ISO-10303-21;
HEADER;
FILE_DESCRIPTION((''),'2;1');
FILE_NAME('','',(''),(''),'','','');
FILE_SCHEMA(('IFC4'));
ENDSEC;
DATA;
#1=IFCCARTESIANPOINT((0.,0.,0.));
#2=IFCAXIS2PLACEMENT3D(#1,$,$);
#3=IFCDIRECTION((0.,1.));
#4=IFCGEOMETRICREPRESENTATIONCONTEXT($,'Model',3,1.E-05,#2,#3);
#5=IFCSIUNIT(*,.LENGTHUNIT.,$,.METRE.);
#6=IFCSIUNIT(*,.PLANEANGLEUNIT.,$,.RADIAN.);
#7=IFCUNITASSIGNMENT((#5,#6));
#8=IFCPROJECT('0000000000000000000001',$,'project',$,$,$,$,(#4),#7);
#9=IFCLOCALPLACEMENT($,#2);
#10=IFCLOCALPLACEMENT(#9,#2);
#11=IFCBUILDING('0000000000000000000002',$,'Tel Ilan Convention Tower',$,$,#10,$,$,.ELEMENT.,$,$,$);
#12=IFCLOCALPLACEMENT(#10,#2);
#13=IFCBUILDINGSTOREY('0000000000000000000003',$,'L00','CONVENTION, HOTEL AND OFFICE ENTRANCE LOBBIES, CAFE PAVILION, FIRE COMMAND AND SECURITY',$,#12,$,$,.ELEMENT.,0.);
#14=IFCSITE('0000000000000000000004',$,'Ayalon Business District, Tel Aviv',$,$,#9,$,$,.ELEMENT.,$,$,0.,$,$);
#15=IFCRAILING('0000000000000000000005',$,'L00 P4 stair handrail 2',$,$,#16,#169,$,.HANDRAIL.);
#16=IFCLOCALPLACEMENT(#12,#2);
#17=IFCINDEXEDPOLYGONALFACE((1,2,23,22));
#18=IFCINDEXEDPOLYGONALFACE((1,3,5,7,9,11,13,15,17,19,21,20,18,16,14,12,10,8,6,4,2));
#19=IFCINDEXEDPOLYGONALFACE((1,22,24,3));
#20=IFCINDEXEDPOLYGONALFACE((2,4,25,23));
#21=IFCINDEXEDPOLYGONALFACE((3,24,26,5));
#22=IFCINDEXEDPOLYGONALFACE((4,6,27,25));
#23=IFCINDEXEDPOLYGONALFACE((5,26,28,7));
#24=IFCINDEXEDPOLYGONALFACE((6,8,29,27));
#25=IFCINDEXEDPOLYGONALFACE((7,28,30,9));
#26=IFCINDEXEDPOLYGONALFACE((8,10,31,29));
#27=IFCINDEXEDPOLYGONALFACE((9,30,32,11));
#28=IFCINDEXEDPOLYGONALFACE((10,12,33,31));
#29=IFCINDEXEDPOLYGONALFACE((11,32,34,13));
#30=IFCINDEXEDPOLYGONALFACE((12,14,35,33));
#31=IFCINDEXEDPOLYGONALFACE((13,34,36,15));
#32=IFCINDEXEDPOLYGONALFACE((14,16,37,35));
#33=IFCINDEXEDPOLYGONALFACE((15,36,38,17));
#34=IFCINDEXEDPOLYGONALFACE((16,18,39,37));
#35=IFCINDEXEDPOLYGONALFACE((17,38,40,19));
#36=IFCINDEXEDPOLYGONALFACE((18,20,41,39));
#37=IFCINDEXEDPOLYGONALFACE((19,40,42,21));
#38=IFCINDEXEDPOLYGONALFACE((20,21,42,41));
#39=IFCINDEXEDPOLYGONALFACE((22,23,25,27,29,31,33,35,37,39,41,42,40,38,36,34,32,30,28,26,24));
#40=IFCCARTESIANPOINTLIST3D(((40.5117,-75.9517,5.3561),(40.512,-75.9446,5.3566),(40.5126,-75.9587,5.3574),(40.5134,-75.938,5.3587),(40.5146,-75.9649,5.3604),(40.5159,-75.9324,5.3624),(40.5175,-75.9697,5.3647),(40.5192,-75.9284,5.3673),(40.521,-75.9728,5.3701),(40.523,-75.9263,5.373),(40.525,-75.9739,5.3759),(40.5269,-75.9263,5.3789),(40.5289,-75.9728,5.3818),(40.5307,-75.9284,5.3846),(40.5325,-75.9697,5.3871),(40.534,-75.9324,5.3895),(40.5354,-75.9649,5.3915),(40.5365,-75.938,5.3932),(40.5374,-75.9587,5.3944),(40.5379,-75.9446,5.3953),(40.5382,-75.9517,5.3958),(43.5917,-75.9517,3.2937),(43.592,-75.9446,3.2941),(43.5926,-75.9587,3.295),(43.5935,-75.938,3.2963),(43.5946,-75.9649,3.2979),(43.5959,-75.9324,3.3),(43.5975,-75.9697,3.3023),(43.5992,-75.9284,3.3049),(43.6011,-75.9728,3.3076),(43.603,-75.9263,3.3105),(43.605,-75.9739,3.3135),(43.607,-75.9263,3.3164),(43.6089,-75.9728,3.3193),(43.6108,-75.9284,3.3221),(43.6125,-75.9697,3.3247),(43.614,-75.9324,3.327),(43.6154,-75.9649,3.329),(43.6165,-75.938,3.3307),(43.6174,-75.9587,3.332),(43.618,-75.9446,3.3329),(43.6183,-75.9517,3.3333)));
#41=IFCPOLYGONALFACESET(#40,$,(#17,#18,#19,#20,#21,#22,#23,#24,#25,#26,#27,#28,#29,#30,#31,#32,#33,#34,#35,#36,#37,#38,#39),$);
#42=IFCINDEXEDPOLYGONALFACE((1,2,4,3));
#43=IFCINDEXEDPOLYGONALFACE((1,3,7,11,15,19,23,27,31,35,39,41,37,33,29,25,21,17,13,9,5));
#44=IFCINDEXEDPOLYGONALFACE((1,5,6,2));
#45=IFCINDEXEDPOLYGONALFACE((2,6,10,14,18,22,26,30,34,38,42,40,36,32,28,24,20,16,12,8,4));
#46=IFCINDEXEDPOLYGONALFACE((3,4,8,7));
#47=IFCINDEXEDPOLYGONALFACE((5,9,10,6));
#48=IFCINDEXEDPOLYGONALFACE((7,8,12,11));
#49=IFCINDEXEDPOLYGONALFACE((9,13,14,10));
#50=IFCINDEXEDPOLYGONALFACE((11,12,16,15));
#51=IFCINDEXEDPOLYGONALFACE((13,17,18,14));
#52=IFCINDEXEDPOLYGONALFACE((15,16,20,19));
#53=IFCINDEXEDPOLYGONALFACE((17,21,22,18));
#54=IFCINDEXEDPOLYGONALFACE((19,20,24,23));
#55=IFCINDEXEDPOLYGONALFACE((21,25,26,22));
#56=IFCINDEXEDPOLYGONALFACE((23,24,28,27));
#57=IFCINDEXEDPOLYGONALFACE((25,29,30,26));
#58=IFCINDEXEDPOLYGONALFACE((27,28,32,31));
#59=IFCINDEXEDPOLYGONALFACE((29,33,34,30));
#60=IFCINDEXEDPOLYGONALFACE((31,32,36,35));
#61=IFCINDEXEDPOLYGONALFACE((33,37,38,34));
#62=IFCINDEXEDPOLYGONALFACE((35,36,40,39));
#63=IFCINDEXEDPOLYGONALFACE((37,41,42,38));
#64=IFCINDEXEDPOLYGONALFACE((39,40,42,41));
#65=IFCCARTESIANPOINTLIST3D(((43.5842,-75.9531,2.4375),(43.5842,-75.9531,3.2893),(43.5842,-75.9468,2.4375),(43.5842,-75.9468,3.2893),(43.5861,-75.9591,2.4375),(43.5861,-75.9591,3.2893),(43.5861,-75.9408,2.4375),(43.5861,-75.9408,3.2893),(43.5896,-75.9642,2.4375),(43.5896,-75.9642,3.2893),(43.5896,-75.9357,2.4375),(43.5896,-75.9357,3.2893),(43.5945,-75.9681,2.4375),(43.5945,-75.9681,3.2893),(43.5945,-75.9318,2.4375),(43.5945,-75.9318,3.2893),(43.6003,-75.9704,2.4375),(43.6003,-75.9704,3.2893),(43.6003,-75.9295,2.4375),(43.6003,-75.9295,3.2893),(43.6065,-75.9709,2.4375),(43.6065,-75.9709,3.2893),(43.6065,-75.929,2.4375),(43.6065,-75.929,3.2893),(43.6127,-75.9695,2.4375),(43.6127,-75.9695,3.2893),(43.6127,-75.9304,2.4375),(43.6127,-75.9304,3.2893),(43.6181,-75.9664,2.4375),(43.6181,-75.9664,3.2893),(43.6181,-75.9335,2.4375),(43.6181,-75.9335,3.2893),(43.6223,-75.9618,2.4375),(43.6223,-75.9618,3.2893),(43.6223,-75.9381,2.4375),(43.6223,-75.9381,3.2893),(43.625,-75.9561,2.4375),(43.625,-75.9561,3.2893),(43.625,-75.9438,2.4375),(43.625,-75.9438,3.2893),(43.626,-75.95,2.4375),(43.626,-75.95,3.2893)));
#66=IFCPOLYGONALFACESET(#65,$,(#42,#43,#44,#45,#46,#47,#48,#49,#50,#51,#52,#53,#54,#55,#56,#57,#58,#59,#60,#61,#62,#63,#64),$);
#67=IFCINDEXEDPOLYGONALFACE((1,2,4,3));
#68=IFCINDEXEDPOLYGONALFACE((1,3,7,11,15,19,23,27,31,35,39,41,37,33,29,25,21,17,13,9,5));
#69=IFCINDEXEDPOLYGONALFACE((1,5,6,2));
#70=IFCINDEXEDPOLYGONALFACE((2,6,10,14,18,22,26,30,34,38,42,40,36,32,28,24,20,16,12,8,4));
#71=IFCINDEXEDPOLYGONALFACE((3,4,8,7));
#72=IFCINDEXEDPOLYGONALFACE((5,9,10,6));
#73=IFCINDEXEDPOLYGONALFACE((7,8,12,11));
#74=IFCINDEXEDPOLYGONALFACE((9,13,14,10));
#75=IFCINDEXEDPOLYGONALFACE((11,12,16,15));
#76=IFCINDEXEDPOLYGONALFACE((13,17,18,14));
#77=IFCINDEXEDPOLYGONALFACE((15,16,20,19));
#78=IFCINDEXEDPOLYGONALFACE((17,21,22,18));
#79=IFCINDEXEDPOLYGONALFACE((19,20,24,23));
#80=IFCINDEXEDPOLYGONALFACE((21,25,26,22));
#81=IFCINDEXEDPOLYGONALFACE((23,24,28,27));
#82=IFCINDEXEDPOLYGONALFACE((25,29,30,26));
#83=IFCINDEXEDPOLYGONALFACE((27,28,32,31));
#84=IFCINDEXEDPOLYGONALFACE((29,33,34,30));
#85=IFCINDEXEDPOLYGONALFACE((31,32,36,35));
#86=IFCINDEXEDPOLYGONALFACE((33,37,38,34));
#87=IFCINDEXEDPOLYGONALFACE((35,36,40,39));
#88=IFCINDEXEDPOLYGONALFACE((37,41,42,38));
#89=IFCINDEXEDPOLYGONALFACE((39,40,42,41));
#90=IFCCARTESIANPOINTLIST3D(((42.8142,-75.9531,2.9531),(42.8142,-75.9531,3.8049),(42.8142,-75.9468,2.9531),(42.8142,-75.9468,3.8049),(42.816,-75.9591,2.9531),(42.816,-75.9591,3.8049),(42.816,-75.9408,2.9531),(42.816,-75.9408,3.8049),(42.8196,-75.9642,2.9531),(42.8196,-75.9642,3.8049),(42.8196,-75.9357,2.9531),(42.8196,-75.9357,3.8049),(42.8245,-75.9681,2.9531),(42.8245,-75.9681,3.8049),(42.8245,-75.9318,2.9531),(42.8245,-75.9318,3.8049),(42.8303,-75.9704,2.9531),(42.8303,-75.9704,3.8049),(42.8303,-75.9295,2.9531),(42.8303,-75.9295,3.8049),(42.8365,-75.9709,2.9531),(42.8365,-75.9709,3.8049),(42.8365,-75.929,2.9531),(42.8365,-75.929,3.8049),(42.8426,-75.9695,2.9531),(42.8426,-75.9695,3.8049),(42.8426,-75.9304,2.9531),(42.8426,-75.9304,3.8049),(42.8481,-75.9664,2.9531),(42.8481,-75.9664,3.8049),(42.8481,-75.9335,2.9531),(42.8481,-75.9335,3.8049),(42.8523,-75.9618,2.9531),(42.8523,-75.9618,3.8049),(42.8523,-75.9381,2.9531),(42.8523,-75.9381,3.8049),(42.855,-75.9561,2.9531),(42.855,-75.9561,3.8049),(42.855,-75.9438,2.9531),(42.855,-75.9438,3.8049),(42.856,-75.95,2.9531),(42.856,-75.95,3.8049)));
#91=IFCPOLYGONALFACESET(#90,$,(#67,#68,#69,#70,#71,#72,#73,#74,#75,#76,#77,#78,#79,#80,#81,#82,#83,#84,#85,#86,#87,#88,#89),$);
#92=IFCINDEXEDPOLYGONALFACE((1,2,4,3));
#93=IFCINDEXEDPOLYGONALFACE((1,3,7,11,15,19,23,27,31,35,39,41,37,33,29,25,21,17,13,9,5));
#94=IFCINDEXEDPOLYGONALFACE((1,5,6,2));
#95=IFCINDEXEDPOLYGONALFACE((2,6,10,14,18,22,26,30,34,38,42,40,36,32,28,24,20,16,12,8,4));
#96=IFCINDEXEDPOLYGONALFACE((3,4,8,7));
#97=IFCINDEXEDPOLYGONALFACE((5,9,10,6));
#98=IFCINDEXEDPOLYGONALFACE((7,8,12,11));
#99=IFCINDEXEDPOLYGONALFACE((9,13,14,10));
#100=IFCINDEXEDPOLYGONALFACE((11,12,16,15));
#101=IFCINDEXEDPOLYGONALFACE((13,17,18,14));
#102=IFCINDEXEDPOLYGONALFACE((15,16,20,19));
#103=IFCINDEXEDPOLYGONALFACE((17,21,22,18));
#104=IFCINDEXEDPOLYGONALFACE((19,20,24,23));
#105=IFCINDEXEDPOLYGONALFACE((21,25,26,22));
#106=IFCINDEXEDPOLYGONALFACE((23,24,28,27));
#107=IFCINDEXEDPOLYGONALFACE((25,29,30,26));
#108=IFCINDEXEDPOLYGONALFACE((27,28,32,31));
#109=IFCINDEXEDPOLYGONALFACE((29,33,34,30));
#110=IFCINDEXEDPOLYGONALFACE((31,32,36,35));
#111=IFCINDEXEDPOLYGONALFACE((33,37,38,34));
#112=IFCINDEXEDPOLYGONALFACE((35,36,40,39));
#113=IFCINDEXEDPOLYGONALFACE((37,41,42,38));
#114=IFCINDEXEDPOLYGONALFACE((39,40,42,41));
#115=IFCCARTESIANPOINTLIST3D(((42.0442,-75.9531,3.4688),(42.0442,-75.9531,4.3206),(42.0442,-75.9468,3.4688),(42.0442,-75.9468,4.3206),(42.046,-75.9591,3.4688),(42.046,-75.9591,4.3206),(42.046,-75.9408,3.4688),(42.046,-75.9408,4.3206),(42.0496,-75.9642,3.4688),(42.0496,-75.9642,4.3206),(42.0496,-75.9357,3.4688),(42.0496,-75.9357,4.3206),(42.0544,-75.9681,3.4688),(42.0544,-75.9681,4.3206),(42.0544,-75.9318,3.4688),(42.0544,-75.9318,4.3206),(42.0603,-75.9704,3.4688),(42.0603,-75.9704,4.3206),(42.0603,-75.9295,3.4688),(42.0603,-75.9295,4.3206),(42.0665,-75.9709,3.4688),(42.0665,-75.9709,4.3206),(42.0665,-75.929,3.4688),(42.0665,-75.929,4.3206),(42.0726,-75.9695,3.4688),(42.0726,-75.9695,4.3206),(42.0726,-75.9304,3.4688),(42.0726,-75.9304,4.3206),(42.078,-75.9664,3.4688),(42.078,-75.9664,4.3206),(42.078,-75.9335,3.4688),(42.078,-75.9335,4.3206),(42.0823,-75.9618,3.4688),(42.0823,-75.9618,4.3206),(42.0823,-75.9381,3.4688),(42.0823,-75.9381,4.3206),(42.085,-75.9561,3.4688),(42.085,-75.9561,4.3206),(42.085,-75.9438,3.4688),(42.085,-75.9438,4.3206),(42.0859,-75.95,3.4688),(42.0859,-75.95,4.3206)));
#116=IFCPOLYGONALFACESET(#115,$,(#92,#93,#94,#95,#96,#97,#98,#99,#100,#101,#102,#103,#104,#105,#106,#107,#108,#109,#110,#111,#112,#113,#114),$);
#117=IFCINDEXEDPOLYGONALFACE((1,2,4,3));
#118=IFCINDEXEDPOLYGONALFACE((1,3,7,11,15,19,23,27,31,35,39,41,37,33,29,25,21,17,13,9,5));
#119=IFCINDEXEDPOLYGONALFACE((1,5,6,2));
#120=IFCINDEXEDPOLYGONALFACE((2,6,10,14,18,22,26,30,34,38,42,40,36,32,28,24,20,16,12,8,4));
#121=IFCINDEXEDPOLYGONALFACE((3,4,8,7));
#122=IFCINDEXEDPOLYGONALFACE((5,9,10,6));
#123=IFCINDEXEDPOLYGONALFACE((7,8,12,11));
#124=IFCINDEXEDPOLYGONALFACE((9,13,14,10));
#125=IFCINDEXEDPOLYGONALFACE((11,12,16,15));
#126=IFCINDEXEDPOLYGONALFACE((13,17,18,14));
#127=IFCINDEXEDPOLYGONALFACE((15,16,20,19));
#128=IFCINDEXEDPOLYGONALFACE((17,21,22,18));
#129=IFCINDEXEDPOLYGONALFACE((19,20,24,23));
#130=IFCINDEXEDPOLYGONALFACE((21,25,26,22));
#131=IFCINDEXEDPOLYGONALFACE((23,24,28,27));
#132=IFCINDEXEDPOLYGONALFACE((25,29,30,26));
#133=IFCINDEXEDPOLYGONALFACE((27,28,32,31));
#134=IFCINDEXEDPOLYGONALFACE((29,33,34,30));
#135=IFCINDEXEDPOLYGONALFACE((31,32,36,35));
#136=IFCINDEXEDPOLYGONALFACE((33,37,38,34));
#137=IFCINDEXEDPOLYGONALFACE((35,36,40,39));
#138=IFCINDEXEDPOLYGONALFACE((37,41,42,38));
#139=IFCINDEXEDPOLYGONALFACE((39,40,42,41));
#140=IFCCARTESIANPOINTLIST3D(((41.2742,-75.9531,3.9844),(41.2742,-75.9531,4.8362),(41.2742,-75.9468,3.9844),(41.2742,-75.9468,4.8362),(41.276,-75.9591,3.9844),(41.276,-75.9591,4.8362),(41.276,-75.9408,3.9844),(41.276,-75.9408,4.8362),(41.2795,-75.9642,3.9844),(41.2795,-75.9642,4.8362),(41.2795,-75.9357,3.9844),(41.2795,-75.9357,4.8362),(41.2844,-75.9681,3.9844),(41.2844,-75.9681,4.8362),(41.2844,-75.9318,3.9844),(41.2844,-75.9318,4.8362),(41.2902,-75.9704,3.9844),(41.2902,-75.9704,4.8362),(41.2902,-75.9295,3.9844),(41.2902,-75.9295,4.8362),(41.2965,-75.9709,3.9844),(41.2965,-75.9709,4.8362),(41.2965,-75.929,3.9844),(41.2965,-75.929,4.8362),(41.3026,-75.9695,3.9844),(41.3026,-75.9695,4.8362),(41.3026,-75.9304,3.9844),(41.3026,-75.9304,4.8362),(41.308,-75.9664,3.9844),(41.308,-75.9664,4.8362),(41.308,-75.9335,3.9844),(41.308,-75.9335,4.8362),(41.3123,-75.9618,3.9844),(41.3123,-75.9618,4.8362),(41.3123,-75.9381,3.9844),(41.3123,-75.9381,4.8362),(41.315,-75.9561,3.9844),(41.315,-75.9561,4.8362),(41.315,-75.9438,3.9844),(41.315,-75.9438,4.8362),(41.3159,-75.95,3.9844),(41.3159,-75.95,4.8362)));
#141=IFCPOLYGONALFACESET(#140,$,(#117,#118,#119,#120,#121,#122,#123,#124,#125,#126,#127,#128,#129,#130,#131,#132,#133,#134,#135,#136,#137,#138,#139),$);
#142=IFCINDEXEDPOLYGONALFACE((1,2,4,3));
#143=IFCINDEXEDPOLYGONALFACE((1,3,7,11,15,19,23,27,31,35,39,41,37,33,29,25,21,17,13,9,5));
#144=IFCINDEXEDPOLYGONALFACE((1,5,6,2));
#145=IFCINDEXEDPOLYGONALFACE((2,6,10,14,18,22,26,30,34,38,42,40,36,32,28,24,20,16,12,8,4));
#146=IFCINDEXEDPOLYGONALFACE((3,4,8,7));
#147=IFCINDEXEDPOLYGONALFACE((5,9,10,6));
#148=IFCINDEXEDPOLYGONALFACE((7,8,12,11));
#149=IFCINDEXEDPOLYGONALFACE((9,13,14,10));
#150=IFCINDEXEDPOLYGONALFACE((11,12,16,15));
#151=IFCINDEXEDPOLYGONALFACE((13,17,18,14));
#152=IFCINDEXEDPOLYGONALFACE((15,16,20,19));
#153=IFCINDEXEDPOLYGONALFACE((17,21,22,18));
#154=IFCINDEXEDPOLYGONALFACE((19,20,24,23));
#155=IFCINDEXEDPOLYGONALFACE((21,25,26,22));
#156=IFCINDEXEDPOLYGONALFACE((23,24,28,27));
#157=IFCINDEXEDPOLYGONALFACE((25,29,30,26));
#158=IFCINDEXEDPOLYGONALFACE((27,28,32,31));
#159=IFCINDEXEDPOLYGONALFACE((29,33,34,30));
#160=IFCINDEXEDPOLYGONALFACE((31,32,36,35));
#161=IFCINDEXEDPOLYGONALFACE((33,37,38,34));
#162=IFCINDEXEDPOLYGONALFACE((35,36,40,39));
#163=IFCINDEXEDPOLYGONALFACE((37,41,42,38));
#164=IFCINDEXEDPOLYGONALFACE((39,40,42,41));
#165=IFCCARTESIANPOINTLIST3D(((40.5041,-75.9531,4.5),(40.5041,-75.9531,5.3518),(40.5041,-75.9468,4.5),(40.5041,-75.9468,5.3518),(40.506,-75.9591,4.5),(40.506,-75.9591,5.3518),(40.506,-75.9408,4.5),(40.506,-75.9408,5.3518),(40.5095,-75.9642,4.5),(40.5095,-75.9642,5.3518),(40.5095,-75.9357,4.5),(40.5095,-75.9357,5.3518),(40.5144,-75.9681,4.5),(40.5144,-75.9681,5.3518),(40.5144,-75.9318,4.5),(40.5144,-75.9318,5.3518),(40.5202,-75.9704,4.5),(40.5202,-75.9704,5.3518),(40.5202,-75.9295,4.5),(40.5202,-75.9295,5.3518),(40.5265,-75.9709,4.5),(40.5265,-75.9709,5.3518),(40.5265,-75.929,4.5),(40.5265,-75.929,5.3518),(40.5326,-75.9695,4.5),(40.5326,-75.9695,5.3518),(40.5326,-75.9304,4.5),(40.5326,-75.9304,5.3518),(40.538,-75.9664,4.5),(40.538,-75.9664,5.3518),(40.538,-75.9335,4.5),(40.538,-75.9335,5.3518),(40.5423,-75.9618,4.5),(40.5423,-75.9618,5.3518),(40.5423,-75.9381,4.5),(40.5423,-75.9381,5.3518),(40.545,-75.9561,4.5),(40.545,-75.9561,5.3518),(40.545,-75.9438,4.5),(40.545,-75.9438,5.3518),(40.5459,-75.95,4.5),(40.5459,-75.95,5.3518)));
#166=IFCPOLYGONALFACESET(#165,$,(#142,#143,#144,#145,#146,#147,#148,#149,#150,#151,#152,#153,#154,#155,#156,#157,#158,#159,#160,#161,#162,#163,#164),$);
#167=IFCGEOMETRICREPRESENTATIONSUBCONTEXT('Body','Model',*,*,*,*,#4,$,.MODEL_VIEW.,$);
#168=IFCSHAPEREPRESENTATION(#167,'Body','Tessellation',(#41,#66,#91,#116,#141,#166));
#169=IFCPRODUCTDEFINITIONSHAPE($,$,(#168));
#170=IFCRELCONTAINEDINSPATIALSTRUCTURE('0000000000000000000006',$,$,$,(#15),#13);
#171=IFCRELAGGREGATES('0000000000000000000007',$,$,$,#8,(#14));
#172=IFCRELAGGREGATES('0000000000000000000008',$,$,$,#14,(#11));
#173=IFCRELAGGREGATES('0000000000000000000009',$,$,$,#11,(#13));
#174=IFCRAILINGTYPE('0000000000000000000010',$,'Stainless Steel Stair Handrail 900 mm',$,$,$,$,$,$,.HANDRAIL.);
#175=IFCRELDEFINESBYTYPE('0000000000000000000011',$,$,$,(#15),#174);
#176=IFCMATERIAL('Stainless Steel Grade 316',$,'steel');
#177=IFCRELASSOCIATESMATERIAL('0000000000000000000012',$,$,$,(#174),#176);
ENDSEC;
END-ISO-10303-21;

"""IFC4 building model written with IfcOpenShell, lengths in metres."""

from ifc_helpers import new_model, si_unit, direction, frame, origin, origin_2d, place, context, subcontext, project, spatial, circle, extrude, material, type_object, element, save


model = new_model("IFC4")

# Units and contexts
model_context = context("Model", 3, precision=1e-05, world=origin(), true_north=direction((0.0, 1.0)))
body_context = subcontext(model_context, "Body", "Model", "MODEL_VIEW")
ifc_project = project(units=[si_unit("LENGTHUNIT", "METRE"), si_unit("PLANEANGLEUNIT", "RADIAN")], contexts=[model_context])

# Site, building, storey
site_placement = place(None, origin())
site = spatial("IfcSite", under=ifc_project, at=site_placement, Name="Ayalon Business District, Tel Aviv", CompositionType="ELEMENT", RefElevation=0.0)
building_placement = place(site_placement, origin())
building = spatial("IfcBuilding", under=site, at=building_placement, Name="Tel Ilan Convention Tower", CompositionType="ELEMENT")
storey_placement = place(building_placement, origin())
storey = spatial("IfcBuildingStorey", under=building, at=storey_placement, Name="L00", Description="CONVENTION, HOTEL AND OFFICE ENTRANCE LOBBIES, CAFE PAVILION, FIRE COMMAND AND SECURITY", CompositionType="ELEMENT", Elevation=0.0)

# Railing
ifc_material_1 = material(Name="Stainless Steel Grade 316", Category="steel")
railing_type_1 = type_object("IfcRailingType", Name="Stainless Steel Stair Handrail 900 mm", PredefinedType="HANDRAIL", material=ifc_material_1)
railing_1_placement = place(storey_placement, frame((43.605, -75.95, 2.4375)))
element("IfcRailing", 1, at=railing_1_placement, inside=storey, type_object=railing_type_1, Name="L00 P4 stair handrail 2", PredefinedType="HANDRAIL", context=body_context, shape_type="SweptSolid", body=[
    extrude(circle(Radius=0.0239, at=origin_2d()), frame((0.0, 0.0, 0.876), z_axis=(-0.830914, 0.0, 0.556401), x_axis=(0.0, -1.0, 0.0)), (0.0, 0.0, 1.0), 3.7068),
    extrude(circle(Radius=0.021, at=origin_2d()), origin(), (0.0, 0.0, 1.0), 0.8518),
    extrude(circle(Radius=0.021, at=origin_2d()), frame((-0.77, 0.0, 0.5156)), (0.0, 0.0, 1.0), 0.8518),
    extrude(circle(Radius=0.021, at=origin_2d()), frame((-1.54, 0.0, 1.0312)), (0.0, 0.0, 1.0), 0.8518),
    extrude(circle(Radius=0.021, at=origin_2d()), frame((-2.3101, 0.0, 1.5469)), (0.0, 0.0, 1.0), 0.8518),
    extrude(circle(Radius=0.021, at=origin_2d()), frame((-3.0801, 0.0, 2.0625)), (0.0, 0.0, 1.0), 0.8518),
])

save(model, "model.ifc")
